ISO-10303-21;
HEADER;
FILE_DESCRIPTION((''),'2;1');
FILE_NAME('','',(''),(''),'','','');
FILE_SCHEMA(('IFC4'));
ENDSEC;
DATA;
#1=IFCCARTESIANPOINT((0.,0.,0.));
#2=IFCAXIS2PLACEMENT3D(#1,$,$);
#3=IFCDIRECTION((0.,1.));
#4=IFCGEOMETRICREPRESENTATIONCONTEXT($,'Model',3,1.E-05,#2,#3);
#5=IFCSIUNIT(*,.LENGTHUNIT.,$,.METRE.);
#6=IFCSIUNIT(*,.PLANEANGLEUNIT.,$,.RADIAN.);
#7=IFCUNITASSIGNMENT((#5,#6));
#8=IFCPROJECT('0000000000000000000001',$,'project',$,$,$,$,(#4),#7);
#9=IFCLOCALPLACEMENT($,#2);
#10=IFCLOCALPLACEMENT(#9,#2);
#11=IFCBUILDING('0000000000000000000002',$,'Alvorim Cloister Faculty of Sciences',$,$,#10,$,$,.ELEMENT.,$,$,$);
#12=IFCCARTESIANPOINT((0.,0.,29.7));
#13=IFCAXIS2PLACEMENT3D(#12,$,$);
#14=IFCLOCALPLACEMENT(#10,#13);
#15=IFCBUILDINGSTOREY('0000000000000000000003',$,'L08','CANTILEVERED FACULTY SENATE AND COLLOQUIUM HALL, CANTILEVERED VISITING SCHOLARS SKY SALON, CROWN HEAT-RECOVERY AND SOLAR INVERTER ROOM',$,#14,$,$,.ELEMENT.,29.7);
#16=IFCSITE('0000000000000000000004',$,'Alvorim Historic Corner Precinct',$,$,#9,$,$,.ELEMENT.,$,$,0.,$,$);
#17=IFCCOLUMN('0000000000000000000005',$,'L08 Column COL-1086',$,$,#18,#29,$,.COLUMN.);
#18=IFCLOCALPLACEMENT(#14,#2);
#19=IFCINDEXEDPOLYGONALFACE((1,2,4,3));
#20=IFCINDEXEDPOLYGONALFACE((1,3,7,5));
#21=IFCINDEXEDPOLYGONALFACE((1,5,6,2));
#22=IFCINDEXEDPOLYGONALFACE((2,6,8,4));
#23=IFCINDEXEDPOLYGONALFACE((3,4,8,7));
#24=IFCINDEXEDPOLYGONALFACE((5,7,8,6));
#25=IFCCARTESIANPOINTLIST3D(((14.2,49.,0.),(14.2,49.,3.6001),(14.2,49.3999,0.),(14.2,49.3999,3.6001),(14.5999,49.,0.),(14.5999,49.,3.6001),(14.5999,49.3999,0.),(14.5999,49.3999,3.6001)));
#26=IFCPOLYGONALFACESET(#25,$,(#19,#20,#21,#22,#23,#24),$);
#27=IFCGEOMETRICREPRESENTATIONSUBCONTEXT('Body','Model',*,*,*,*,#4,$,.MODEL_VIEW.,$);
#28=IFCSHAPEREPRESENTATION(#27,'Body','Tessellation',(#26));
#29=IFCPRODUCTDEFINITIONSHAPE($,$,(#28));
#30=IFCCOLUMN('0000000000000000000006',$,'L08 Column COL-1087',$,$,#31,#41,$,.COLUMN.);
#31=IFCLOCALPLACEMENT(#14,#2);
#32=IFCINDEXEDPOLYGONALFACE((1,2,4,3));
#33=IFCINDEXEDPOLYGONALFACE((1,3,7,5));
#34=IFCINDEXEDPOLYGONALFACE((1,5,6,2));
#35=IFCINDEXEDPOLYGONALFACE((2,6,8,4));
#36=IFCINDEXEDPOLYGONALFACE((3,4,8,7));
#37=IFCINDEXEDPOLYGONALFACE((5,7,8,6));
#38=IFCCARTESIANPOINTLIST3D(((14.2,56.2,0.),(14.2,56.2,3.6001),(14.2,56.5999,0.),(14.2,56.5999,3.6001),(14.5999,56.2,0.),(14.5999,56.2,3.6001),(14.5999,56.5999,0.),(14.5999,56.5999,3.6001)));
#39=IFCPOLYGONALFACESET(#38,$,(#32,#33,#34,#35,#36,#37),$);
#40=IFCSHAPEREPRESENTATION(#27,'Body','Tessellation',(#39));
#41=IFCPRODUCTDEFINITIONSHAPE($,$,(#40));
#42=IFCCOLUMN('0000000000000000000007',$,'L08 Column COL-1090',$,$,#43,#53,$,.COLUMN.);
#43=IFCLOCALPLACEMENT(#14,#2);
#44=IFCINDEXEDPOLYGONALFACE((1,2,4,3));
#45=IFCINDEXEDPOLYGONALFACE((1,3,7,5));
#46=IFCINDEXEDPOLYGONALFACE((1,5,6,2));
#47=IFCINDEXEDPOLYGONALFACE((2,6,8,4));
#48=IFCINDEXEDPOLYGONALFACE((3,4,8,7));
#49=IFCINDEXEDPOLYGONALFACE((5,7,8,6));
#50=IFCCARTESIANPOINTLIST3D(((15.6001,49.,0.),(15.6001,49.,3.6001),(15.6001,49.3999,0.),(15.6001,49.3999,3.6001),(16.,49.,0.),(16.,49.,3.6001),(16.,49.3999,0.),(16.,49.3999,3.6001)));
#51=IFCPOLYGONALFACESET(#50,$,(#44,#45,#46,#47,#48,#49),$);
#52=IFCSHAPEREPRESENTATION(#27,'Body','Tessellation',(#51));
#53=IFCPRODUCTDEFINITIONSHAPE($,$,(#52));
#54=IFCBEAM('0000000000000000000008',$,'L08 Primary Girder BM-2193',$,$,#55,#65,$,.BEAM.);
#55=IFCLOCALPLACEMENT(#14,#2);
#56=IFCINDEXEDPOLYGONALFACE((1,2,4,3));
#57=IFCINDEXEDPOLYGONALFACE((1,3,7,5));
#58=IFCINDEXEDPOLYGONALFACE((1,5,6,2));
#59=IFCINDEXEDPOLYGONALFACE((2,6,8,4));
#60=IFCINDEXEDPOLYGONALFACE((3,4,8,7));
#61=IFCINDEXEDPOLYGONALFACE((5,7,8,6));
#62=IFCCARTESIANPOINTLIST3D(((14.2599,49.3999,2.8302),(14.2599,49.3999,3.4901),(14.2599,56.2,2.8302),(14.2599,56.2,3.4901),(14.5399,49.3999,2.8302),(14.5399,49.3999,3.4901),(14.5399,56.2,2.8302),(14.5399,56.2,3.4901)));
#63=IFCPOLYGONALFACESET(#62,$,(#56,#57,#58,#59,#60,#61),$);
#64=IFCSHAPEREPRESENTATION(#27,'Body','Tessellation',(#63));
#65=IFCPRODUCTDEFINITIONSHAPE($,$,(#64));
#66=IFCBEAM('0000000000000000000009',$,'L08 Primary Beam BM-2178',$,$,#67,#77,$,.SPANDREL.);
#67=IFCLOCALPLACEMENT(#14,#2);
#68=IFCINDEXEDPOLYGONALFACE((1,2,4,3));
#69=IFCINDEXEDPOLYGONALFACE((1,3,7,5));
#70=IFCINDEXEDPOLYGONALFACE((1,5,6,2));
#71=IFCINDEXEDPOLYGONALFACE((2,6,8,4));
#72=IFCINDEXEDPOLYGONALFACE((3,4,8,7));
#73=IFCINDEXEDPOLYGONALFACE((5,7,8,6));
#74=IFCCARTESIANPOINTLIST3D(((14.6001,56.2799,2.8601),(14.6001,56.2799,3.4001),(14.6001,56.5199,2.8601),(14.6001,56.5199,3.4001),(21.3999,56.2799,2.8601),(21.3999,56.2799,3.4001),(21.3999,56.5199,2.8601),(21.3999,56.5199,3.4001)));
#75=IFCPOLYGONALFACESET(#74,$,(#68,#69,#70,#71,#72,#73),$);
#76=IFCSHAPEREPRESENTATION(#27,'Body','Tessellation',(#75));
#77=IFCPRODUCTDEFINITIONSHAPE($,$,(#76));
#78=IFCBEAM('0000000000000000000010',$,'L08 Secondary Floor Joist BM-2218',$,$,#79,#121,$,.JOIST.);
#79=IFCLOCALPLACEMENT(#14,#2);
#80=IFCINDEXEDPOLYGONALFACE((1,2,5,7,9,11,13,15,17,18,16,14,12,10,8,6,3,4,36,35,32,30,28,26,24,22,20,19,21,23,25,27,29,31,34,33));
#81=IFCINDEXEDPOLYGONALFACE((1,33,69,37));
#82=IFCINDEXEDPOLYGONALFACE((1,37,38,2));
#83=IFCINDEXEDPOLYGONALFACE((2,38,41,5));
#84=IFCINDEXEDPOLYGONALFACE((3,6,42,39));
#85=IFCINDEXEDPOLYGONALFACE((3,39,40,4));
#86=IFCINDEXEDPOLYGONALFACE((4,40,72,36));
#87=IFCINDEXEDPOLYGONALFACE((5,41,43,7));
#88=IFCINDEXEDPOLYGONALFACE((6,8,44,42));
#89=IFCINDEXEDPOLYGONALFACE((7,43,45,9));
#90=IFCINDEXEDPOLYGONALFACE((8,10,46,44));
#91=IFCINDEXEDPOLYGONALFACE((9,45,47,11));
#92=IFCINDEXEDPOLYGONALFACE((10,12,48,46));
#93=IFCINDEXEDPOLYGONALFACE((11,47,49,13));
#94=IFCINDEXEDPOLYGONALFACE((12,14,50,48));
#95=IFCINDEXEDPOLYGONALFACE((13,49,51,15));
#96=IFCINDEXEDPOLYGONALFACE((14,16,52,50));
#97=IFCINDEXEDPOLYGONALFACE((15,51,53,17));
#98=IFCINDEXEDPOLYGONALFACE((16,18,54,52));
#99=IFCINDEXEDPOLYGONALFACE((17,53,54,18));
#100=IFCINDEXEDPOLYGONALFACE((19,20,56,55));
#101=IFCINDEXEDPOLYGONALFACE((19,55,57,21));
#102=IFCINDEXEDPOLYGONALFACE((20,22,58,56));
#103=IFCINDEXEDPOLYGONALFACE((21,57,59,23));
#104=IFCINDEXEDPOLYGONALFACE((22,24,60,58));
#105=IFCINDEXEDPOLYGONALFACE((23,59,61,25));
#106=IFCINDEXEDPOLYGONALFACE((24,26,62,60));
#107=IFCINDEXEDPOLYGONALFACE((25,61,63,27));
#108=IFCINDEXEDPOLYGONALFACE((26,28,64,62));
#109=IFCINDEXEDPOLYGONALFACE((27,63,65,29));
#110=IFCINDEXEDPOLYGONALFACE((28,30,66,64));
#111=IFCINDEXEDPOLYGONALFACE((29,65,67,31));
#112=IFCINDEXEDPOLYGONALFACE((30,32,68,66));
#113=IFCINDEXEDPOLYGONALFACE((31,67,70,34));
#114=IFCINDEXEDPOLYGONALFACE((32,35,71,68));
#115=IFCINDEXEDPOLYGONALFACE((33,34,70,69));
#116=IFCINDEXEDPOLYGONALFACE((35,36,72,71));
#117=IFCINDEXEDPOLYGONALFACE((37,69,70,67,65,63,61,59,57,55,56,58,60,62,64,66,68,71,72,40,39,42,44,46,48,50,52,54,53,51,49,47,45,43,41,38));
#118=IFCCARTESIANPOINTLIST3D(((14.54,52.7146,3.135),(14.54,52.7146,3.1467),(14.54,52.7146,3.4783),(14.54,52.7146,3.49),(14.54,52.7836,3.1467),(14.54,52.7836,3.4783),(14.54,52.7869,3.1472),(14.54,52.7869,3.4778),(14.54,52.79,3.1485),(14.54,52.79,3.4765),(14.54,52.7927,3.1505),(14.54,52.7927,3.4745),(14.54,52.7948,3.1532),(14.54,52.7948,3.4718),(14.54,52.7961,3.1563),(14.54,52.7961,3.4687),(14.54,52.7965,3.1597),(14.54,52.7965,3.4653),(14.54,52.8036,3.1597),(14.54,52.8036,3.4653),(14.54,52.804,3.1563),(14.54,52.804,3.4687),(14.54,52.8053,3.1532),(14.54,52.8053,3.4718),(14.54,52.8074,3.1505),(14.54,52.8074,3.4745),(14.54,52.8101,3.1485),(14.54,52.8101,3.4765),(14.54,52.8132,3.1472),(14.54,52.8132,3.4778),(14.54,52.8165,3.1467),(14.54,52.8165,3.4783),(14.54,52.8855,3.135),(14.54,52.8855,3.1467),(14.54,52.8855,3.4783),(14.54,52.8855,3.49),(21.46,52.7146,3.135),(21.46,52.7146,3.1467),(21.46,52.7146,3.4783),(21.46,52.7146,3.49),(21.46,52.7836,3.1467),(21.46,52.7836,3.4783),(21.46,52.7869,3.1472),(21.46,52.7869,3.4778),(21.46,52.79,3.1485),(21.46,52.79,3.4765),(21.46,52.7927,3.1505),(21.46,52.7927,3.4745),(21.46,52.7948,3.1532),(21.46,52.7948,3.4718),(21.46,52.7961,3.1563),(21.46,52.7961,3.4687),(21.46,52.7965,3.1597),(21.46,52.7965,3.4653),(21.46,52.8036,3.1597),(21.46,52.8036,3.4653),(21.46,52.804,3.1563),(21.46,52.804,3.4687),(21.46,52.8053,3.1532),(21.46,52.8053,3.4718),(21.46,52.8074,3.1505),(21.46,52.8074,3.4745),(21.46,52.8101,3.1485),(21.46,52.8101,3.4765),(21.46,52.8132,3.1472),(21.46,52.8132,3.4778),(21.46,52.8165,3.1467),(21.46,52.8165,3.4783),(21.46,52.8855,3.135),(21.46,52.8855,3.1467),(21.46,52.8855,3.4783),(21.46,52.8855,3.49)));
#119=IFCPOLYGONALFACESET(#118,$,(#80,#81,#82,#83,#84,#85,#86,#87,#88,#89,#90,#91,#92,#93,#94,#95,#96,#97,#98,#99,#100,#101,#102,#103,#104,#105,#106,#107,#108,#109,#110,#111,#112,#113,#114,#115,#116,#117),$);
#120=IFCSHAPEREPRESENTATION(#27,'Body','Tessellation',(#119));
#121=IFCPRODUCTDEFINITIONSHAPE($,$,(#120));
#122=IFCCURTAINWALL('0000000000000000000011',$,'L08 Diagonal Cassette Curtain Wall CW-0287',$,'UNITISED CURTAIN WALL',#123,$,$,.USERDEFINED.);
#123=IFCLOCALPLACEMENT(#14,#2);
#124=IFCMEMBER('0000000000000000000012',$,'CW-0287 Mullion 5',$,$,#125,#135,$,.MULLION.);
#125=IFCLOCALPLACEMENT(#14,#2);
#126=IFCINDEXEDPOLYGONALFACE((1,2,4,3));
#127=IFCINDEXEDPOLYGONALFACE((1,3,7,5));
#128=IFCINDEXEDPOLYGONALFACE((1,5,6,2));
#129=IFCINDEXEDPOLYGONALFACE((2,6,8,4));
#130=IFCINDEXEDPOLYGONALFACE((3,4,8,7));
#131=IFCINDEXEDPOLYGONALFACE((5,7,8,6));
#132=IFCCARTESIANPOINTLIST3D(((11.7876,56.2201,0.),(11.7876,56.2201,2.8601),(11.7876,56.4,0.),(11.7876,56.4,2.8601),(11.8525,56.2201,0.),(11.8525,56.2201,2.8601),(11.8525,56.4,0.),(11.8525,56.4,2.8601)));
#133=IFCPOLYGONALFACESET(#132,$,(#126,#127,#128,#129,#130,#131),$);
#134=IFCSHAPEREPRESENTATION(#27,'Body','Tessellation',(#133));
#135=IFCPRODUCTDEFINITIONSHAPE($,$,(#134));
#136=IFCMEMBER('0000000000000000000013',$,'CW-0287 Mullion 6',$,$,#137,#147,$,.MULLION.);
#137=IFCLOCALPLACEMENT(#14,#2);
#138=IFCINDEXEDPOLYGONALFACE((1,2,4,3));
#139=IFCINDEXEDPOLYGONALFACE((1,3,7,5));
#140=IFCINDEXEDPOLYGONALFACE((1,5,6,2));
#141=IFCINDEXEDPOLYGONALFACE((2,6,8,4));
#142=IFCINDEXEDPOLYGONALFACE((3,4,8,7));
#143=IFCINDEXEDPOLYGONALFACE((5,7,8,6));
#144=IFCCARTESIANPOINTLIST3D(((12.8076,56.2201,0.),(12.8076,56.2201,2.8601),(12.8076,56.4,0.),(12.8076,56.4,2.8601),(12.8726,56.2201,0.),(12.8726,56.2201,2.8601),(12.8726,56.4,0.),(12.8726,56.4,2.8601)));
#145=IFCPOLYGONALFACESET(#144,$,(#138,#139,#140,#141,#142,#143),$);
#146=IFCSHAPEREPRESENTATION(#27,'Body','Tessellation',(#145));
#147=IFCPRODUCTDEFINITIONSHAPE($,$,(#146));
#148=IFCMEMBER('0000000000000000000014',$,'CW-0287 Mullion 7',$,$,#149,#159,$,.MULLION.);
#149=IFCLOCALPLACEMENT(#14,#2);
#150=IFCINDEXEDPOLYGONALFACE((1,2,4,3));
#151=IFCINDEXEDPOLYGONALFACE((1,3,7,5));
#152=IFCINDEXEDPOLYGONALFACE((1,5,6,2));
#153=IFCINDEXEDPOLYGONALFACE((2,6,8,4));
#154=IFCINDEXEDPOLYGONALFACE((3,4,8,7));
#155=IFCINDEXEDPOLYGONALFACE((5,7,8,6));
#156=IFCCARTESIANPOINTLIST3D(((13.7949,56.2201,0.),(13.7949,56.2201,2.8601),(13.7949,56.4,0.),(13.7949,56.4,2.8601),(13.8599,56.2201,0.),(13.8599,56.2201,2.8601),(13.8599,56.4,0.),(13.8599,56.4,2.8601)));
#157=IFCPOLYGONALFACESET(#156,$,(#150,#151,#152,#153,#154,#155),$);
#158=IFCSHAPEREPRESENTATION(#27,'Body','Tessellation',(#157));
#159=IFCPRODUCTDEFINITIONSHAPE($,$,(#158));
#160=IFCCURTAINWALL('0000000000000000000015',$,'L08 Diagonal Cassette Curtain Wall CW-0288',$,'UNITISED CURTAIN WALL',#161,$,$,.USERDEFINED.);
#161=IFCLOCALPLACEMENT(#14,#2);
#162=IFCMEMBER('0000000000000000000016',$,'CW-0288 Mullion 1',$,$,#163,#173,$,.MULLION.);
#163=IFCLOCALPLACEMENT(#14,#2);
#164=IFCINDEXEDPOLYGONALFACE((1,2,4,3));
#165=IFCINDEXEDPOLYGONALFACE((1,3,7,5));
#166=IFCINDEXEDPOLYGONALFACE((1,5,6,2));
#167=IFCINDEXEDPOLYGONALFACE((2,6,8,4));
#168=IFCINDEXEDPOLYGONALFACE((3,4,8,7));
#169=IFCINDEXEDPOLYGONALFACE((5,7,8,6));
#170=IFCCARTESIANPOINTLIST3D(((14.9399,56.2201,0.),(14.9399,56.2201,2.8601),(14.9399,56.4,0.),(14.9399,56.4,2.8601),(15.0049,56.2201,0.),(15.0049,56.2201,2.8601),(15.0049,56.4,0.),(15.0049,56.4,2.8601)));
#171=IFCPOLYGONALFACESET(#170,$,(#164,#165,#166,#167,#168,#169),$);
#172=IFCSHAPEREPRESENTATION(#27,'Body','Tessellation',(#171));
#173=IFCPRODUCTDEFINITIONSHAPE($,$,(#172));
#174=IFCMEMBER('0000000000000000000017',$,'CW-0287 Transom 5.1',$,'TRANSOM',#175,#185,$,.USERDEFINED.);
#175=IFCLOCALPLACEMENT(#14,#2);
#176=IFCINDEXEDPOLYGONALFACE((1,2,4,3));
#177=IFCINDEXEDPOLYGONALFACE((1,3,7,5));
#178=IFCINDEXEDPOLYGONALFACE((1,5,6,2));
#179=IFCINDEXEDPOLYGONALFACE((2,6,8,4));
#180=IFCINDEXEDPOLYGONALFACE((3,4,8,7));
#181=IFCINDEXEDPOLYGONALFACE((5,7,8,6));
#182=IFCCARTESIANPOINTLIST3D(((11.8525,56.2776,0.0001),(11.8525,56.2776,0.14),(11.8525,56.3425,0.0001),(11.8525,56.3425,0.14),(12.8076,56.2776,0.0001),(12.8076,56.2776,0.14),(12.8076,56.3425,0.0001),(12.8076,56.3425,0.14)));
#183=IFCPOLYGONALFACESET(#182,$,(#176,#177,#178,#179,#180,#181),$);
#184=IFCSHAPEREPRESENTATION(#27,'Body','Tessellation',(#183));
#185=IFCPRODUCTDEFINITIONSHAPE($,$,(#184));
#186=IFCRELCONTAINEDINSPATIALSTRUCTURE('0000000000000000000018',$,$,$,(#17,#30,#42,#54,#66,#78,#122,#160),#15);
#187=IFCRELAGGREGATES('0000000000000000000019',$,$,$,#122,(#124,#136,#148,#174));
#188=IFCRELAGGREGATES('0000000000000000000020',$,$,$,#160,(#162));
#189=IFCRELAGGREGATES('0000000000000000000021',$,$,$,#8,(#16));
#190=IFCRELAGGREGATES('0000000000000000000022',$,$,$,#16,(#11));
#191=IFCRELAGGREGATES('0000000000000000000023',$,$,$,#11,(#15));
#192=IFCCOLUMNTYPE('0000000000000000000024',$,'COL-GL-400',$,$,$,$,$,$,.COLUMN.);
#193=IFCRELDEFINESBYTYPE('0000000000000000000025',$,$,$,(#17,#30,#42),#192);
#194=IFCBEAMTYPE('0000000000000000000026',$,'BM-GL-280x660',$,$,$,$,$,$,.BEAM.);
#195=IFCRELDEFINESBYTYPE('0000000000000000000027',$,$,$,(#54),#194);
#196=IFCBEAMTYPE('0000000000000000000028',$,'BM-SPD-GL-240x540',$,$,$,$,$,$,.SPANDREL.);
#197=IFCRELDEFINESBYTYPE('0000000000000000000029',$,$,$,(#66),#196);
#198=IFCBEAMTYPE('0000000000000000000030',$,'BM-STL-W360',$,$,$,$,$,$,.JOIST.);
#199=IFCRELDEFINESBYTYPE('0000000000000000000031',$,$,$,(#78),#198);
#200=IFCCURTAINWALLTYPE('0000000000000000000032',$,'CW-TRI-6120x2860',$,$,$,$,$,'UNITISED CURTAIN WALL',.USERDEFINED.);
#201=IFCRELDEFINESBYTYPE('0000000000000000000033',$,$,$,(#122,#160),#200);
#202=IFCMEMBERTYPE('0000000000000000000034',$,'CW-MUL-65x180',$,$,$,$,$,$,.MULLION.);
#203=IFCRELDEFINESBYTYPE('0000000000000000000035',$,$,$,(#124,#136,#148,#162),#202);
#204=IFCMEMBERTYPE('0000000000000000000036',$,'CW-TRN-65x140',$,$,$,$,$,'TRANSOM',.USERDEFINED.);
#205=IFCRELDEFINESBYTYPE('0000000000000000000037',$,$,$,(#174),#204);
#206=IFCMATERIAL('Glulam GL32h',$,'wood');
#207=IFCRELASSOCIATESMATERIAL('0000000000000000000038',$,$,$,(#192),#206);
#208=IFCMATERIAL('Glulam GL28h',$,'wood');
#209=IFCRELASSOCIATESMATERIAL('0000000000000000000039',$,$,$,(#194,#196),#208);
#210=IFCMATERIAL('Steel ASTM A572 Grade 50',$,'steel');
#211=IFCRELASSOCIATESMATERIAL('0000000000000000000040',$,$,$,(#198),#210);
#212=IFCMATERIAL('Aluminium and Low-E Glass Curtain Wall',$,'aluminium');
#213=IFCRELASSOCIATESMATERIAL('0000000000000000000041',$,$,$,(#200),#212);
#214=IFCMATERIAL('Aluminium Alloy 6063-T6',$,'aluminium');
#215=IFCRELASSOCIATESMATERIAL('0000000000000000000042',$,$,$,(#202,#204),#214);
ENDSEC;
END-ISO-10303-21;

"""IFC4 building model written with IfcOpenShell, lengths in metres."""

from ifc_helpers import new_model, si_unit, direction, frame, origin, origin_2d, place, context, subcontext, project, spatial, rectangle, i_section, extrude, material, material_profile, profile_set, type_object, element, aggregate, save


model = new_model("IFC4")

# Units and contexts
model_context = context("Model", 3, precision=1e-05, world=origin(), true_north=direction((0.0, 1.0)))
body_context = subcontext(model_context, "Body", "Model", "MODEL_VIEW")
ifc_project = project(units=[si_unit("LENGTHUNIT", "METRE"), si_unit("PLANEANGLEUNIT", "RADIAN")], contexts=[model_context])

# Site, building, storey
site_placement = place(None, origin())
site = spatial("IfcSite", under=ifc_project, at=site_placement, Name="Alvorim Historic Corner Precinct", CompositionType="ELEMENT", RefElevation=0.0)
building_placement = place(site_placement, origin())
building = spatial("IfcBuilding", under=site, at=building_placement, Name="Alvorim Cloister Faculty of Sciences", CompositionType="ELEMENT")
storey_placement = place(building_placement, frame((0.0, 0.0, 29.7)))
storey = spatial("IfcBuildingStorey", under=building, at=storey_placement, Name="L08", Description="CANTILEVERED FACULTY SENATE AND COLLOQUIUM HALL, CANTILEVERED VISITING SCHOLARS SKY SALON, CROWN HEAT-RECOVERY AND SOLAR INVERTER ROOM", CompositionType="ELEMENT", Elevation=29.7)

# Columns
ifc_material_1 = material(Name="Glulam GL32h", Category="wood")
ifc_material_profile_1 = material_profile(ifc_material_1, rectangle(XDim=0.3999, YDim=0.3999, at=origin_2d()), Name="GL32-COL-400x400")
ifc_profile_set_1 = profile_set([ifc_material_profile_1], Name="Glulam GL32h")
column_type = type_object("IfcColumnType", Name="COL-GL-400", PredefinedType="COLUMN", material=ifc_profile_set_1)
for number, where, z_axis, x_axis, name in (
    (1, (14.3999, 49.2, 0.0), (0.0, 0.0, 1.0), (1.0, 0.0, 0.0), "L08 Column COL-1086"),
    (2, (14.3999, 56.3999, 0.0), (0.0, 0.0, 1.0), (1.0, 0.0, 0.0), "L08 Column COL-1087"),
    (3, (15.8, 49.2, 0.0), (0.0, 0.0, 1.0), (1.0, 0.0, 0.0), "L08 Column COL-1090"),
):
    element("IfcColumn", number, at=place(storey_placement, frame(where, z_axis=z_axis, x_axis=x_axis)), inside=storey, type_object=column_type, Name=name, PredefinedType="COLUMN", context=body_context, shape_type="SweptSolid", body=[
        extrude(rectangle(XDim=0.3999, YDim=0.3999, at=origin_2d()), origin(), (0.0, 0.0, 1.0), 3.6001),
    ])

# Beams
ifc_material_2 = material(Name="Glulam GL28h", Category="wood")
ifc_material_profile_2 = material_profile(ifc_material_2, rectangle(XDim=0.28, YDim=0.6599, at=origin_2d()), Name="GL28-BM-280x660")
ifc_profile_set_2 = profile_set([ifc_material_profile_2], Name="Glulam GL28h")
beam_type_1 = type_object("IfcBeamType", Name="BM-GL-280x660", PredefinedType="BEAM", material=ifc_profile_set_2)
beam_1_placement = place(storey_placement, frame((14.3999, 49.3999, 3.1602), z_axis=(0.0, 1.0, 0.0), x_axis=(-1.0, 0.0, 0.0)))
element("IfcBeam", 4, at=beam_1_placement, inside=storey, type_object=beam_type_1, Name="L08 Primary Girder BM-2193", PredefinedType="BEAM", context=body_context, shape_type="SweptSolid", body=[
    extrude(rectangle(XDim=0.28, YDim=0.6599, at=origin_2d()), origin(), (0.0, 0.0, 1.0), 6.8),
])
ifc_material_profile_3 = material_profile(ifc_material_2, rectangle(XDim=0.24, YDim=0.54, at=origin_2d()), Name="GL28-SPD-240x540")
ifc_profile_set_3 = profile_set([ifc_material_profile_3], Name="Glulam GL28h")
beam_type_2 = type_object("IfcBeamType", Name="BM-SPD-GL-240x540", PredefinedType="SPANDREL", material=ifc_profile_set_3)
beam_2_placement = place(storey_placement, frame((14.6001, 56.3999, 3.1301), z_axis=(1.0, 0.0, 0.0), x_axis=(0.0, 1.0, 0.0)))
element("IfcBeam", 5, at=beam_2_placement, inside=storey, type_object=beam_type_2, Name="L08 Primary Beam BM-2178", PredefinedType="SPANDREL", context=body_context, shape_type="SweptSolid", body=[
    extrude(rectangle(XDim=0.24, YDim=0.54, at=origin_2d()), origin(), (0.0, 0.0, 1.0), 6.7998),
])
ifc_material_3 = material(Name="Steel ASTM A572 Grade 50", Category="steel")
ifc_material_profile_4 = material_profile(ifc_material_3, i_section(OverallWidth=0.1709, OverallDepth=0.355, WebThickness=0.0071, FlangeThickness=0.0117, FilletRadius=0.0129, at=origin_2d()), Name="W360x51.0")
ifc_profile_set_4 = profile_set([ifc_material_profile_4], Name="Steel ASTM A572 Grade 50")
beam_type_3 = type_object("IfcBeamType", Name="BM-STL-W360", PredefinedType="JOIST", material=ifc_profile_set_4)
beam_3_placement = place(storey_placement, frame((14.54, 52.8, 3.3125), z_axis=(1.0, 0.0, 0.0), x_axis=(0.0, 1.0, 0.0)))
element("IfcBeam", 6, at=beam_3_placement, inside=storey, type_object=beam_type_3, Name="L08 Secondary Floor Joist BM-2218", PredefinedType="JOIST", context=body_context, shape_type="SweptSolid", body=[
    extrude(i_section(OverallWidth=0.1709, OverallDepth=0.355, WebThickness=0.0071, FlangeThickness=0.0117, FilletRadius=0.0129, at=origin_2d()), origin(), (0.0, 0.0, 1.0), 6.9199),
])

# Curtain wall, members
ifc_material_4 = material(Name="Aluminium and Low-E Glass Curtain Wall", Category="aluminium")
curtain_wall_type = type_object("IfcCurtainWallType", Name="CW-TRI-6120x2860", ElementType="UNITISED CURTAIN WALL", PredefinedType="USERDEFINED", material=ifc_material_4)
curtain_wall_1_placement = place(storey_placement, origin())
curtain_wall_1 = element("IfcCurtainWall", 7, at=curtain_wall_1_placement, inside=storey, type_object=curtain_wall_type, Name="L08 Diagonal Cassette Curtain Wall CW-0287", ObjectType="UNITISED CURTAIN WALL", PredefinedType="USERDEFINED")
ifc_material_5 = material(Name="Aluminium Alloy 6063-T6", Category="aluminium")
ifc_material_profile_5 = material_profile(ifc_material_5, rectangle(XDim=0.0649, YDim=0.1799, at=origin_2d()), Name="ALU-MUL-65x180")
ifc_profile_set_5 = profile_set([ifc_material_profile_5], Name="Aluminium Alloy 6063-T6")
member_type_1 = type_object("IfcMemberType", Name="CW-MUL-65x180", PredefinedType="MULLION", material=ifc_profile_set_5)
member_1_placement = place(storey_placement, frame((11.8201, 56.3101, 0.0), z_axis=(0.0, 0.0, 1.0), x_axis=(1.0, 0.0, 0.0)))
member_1 = element("IfcMember", 8, at=member_1_placement, type_object=member_type_1, Name="CW-0287 Mullion 5", PredefinedType="MULLION", context=body_context, shape_type="SweptSolid", body=[
    extrude(rectangle(XDim=0.0649, YDim=0.1799, at=origin_2d()), origin(), (0.0, 0.0, 1.0), 2.8601),
])
member_2_placement = place(storey_placement, frame((12.8401, 56.3101, 0.0), z_axis=(0.0, 0.0, 1.0), x_axis=(1.0, 0.0, 0.0)))
member_2 = element("IfcMember", 9, at=member_2_placement, type_object=member_type_1, Name="CW-0287 Mullion 6", PredefinedType="MULLION", context=body_context, shape_type="SweptSolid", body=[
    extrude(rectangle(XDim=0.0649, YDim=0.1799, at=origin_2d()), origin(), (0.0, 0.0, 1.0), 2.8601),
])
member_3_placement = place(storey_placement, frame((13.8274, 56.3101, 0.0), z_axis=(0.0, 0.0, 1.0), x_axis=(1.0, 0.0, 0.0)))
member_3 = element("IfcMember", 10, at=member_3_placement, type_object=member_type_1, Name="CW-0287 Mullion 7", PredefinedType="MULLION", context=body_context, shape_type="SweptSolid", body=[
    extrude(rectangle(XDim=0.0649, YDim=0.1799, at=origin_2d()), origin(), (0.0, 0.0, 1.0), 2.8601),
])

# Curtain wall, member
curtain_wall_2_placement = place(storey_placement, origin())
curtain_wall_2 = element("IfcCurtainWall", 11, at=curtain_wall_2_placement, inside=storey, type_object=curtain_wall_type, Name="L08 Diagonal Cassette Curtain Wall CW-0288", ObjectType="UNITISED CURTAIN WALL", PredefinedType="USERDEFINED")
member_4_placement = place(storey_placement, frame((14.9724, 56.3101, 0.0), z_axis=(0.0, 0.0, 1.0), x_axis=(1.0, 0.0, 0.0)))
member_4 = element("IfcMember", 12, at=member_4_placement, type_object=member_type_1, Name="CW-0288 Mullion 1", PredefinedType="MULLION", context=body_context, shape_type="SweptSolid", body=[
    extrude(rectangle(XDim=0.0649, YDim=0.1799, at=origin_2d()), origin(), (0.0, 0.0, 1.0), 2.8601),
])

# Member
ifc_material_profile_6 = material_profile(ifc_material_5, rectangle(XDim=0.0649, YDim=0.1399, at=origin_2d()), Name="ALU-TRN-65x140")
ifc_profile_set_6 = profile_set([ifc_material_profile_6], Name="Aluminium Alloy 6063-T6")
member_type_2 = type_object("IfcMemberType", Name="CW-TRN-65x140", ElementType="TRANSOM", PredefinedType="USERDEFINED", material=ifc_profile_set_6)
member_5_placement = place(storey_placement, frame((11.8525, 56.3101, 0.0701), z_axis=(1.0, 0.0, 0.0), x_axis=(0.0, 1.0, 0.0)))
member_5 = element("IfcMember", 13, at=member_5_placement, type_object=member_type_2, Name="CW-0287 Transom 5.1", ObjectType="TRANSOM", PredefinedType="USERDEFINED", context=body_context, shape_type="SweptSolid", body=[
    extrude(rectangle(XDim=0.0649, YDim=0.1399, at=origin_2d()), origin(), (0.0, 0.0, 1.0), 0.9551),
])

aggregate(curtain_wall_1, [member_1, member_2, member_3, member_5])
aggregate(curtain_wall_2, [member_4])

save(model, "model.ifc")
